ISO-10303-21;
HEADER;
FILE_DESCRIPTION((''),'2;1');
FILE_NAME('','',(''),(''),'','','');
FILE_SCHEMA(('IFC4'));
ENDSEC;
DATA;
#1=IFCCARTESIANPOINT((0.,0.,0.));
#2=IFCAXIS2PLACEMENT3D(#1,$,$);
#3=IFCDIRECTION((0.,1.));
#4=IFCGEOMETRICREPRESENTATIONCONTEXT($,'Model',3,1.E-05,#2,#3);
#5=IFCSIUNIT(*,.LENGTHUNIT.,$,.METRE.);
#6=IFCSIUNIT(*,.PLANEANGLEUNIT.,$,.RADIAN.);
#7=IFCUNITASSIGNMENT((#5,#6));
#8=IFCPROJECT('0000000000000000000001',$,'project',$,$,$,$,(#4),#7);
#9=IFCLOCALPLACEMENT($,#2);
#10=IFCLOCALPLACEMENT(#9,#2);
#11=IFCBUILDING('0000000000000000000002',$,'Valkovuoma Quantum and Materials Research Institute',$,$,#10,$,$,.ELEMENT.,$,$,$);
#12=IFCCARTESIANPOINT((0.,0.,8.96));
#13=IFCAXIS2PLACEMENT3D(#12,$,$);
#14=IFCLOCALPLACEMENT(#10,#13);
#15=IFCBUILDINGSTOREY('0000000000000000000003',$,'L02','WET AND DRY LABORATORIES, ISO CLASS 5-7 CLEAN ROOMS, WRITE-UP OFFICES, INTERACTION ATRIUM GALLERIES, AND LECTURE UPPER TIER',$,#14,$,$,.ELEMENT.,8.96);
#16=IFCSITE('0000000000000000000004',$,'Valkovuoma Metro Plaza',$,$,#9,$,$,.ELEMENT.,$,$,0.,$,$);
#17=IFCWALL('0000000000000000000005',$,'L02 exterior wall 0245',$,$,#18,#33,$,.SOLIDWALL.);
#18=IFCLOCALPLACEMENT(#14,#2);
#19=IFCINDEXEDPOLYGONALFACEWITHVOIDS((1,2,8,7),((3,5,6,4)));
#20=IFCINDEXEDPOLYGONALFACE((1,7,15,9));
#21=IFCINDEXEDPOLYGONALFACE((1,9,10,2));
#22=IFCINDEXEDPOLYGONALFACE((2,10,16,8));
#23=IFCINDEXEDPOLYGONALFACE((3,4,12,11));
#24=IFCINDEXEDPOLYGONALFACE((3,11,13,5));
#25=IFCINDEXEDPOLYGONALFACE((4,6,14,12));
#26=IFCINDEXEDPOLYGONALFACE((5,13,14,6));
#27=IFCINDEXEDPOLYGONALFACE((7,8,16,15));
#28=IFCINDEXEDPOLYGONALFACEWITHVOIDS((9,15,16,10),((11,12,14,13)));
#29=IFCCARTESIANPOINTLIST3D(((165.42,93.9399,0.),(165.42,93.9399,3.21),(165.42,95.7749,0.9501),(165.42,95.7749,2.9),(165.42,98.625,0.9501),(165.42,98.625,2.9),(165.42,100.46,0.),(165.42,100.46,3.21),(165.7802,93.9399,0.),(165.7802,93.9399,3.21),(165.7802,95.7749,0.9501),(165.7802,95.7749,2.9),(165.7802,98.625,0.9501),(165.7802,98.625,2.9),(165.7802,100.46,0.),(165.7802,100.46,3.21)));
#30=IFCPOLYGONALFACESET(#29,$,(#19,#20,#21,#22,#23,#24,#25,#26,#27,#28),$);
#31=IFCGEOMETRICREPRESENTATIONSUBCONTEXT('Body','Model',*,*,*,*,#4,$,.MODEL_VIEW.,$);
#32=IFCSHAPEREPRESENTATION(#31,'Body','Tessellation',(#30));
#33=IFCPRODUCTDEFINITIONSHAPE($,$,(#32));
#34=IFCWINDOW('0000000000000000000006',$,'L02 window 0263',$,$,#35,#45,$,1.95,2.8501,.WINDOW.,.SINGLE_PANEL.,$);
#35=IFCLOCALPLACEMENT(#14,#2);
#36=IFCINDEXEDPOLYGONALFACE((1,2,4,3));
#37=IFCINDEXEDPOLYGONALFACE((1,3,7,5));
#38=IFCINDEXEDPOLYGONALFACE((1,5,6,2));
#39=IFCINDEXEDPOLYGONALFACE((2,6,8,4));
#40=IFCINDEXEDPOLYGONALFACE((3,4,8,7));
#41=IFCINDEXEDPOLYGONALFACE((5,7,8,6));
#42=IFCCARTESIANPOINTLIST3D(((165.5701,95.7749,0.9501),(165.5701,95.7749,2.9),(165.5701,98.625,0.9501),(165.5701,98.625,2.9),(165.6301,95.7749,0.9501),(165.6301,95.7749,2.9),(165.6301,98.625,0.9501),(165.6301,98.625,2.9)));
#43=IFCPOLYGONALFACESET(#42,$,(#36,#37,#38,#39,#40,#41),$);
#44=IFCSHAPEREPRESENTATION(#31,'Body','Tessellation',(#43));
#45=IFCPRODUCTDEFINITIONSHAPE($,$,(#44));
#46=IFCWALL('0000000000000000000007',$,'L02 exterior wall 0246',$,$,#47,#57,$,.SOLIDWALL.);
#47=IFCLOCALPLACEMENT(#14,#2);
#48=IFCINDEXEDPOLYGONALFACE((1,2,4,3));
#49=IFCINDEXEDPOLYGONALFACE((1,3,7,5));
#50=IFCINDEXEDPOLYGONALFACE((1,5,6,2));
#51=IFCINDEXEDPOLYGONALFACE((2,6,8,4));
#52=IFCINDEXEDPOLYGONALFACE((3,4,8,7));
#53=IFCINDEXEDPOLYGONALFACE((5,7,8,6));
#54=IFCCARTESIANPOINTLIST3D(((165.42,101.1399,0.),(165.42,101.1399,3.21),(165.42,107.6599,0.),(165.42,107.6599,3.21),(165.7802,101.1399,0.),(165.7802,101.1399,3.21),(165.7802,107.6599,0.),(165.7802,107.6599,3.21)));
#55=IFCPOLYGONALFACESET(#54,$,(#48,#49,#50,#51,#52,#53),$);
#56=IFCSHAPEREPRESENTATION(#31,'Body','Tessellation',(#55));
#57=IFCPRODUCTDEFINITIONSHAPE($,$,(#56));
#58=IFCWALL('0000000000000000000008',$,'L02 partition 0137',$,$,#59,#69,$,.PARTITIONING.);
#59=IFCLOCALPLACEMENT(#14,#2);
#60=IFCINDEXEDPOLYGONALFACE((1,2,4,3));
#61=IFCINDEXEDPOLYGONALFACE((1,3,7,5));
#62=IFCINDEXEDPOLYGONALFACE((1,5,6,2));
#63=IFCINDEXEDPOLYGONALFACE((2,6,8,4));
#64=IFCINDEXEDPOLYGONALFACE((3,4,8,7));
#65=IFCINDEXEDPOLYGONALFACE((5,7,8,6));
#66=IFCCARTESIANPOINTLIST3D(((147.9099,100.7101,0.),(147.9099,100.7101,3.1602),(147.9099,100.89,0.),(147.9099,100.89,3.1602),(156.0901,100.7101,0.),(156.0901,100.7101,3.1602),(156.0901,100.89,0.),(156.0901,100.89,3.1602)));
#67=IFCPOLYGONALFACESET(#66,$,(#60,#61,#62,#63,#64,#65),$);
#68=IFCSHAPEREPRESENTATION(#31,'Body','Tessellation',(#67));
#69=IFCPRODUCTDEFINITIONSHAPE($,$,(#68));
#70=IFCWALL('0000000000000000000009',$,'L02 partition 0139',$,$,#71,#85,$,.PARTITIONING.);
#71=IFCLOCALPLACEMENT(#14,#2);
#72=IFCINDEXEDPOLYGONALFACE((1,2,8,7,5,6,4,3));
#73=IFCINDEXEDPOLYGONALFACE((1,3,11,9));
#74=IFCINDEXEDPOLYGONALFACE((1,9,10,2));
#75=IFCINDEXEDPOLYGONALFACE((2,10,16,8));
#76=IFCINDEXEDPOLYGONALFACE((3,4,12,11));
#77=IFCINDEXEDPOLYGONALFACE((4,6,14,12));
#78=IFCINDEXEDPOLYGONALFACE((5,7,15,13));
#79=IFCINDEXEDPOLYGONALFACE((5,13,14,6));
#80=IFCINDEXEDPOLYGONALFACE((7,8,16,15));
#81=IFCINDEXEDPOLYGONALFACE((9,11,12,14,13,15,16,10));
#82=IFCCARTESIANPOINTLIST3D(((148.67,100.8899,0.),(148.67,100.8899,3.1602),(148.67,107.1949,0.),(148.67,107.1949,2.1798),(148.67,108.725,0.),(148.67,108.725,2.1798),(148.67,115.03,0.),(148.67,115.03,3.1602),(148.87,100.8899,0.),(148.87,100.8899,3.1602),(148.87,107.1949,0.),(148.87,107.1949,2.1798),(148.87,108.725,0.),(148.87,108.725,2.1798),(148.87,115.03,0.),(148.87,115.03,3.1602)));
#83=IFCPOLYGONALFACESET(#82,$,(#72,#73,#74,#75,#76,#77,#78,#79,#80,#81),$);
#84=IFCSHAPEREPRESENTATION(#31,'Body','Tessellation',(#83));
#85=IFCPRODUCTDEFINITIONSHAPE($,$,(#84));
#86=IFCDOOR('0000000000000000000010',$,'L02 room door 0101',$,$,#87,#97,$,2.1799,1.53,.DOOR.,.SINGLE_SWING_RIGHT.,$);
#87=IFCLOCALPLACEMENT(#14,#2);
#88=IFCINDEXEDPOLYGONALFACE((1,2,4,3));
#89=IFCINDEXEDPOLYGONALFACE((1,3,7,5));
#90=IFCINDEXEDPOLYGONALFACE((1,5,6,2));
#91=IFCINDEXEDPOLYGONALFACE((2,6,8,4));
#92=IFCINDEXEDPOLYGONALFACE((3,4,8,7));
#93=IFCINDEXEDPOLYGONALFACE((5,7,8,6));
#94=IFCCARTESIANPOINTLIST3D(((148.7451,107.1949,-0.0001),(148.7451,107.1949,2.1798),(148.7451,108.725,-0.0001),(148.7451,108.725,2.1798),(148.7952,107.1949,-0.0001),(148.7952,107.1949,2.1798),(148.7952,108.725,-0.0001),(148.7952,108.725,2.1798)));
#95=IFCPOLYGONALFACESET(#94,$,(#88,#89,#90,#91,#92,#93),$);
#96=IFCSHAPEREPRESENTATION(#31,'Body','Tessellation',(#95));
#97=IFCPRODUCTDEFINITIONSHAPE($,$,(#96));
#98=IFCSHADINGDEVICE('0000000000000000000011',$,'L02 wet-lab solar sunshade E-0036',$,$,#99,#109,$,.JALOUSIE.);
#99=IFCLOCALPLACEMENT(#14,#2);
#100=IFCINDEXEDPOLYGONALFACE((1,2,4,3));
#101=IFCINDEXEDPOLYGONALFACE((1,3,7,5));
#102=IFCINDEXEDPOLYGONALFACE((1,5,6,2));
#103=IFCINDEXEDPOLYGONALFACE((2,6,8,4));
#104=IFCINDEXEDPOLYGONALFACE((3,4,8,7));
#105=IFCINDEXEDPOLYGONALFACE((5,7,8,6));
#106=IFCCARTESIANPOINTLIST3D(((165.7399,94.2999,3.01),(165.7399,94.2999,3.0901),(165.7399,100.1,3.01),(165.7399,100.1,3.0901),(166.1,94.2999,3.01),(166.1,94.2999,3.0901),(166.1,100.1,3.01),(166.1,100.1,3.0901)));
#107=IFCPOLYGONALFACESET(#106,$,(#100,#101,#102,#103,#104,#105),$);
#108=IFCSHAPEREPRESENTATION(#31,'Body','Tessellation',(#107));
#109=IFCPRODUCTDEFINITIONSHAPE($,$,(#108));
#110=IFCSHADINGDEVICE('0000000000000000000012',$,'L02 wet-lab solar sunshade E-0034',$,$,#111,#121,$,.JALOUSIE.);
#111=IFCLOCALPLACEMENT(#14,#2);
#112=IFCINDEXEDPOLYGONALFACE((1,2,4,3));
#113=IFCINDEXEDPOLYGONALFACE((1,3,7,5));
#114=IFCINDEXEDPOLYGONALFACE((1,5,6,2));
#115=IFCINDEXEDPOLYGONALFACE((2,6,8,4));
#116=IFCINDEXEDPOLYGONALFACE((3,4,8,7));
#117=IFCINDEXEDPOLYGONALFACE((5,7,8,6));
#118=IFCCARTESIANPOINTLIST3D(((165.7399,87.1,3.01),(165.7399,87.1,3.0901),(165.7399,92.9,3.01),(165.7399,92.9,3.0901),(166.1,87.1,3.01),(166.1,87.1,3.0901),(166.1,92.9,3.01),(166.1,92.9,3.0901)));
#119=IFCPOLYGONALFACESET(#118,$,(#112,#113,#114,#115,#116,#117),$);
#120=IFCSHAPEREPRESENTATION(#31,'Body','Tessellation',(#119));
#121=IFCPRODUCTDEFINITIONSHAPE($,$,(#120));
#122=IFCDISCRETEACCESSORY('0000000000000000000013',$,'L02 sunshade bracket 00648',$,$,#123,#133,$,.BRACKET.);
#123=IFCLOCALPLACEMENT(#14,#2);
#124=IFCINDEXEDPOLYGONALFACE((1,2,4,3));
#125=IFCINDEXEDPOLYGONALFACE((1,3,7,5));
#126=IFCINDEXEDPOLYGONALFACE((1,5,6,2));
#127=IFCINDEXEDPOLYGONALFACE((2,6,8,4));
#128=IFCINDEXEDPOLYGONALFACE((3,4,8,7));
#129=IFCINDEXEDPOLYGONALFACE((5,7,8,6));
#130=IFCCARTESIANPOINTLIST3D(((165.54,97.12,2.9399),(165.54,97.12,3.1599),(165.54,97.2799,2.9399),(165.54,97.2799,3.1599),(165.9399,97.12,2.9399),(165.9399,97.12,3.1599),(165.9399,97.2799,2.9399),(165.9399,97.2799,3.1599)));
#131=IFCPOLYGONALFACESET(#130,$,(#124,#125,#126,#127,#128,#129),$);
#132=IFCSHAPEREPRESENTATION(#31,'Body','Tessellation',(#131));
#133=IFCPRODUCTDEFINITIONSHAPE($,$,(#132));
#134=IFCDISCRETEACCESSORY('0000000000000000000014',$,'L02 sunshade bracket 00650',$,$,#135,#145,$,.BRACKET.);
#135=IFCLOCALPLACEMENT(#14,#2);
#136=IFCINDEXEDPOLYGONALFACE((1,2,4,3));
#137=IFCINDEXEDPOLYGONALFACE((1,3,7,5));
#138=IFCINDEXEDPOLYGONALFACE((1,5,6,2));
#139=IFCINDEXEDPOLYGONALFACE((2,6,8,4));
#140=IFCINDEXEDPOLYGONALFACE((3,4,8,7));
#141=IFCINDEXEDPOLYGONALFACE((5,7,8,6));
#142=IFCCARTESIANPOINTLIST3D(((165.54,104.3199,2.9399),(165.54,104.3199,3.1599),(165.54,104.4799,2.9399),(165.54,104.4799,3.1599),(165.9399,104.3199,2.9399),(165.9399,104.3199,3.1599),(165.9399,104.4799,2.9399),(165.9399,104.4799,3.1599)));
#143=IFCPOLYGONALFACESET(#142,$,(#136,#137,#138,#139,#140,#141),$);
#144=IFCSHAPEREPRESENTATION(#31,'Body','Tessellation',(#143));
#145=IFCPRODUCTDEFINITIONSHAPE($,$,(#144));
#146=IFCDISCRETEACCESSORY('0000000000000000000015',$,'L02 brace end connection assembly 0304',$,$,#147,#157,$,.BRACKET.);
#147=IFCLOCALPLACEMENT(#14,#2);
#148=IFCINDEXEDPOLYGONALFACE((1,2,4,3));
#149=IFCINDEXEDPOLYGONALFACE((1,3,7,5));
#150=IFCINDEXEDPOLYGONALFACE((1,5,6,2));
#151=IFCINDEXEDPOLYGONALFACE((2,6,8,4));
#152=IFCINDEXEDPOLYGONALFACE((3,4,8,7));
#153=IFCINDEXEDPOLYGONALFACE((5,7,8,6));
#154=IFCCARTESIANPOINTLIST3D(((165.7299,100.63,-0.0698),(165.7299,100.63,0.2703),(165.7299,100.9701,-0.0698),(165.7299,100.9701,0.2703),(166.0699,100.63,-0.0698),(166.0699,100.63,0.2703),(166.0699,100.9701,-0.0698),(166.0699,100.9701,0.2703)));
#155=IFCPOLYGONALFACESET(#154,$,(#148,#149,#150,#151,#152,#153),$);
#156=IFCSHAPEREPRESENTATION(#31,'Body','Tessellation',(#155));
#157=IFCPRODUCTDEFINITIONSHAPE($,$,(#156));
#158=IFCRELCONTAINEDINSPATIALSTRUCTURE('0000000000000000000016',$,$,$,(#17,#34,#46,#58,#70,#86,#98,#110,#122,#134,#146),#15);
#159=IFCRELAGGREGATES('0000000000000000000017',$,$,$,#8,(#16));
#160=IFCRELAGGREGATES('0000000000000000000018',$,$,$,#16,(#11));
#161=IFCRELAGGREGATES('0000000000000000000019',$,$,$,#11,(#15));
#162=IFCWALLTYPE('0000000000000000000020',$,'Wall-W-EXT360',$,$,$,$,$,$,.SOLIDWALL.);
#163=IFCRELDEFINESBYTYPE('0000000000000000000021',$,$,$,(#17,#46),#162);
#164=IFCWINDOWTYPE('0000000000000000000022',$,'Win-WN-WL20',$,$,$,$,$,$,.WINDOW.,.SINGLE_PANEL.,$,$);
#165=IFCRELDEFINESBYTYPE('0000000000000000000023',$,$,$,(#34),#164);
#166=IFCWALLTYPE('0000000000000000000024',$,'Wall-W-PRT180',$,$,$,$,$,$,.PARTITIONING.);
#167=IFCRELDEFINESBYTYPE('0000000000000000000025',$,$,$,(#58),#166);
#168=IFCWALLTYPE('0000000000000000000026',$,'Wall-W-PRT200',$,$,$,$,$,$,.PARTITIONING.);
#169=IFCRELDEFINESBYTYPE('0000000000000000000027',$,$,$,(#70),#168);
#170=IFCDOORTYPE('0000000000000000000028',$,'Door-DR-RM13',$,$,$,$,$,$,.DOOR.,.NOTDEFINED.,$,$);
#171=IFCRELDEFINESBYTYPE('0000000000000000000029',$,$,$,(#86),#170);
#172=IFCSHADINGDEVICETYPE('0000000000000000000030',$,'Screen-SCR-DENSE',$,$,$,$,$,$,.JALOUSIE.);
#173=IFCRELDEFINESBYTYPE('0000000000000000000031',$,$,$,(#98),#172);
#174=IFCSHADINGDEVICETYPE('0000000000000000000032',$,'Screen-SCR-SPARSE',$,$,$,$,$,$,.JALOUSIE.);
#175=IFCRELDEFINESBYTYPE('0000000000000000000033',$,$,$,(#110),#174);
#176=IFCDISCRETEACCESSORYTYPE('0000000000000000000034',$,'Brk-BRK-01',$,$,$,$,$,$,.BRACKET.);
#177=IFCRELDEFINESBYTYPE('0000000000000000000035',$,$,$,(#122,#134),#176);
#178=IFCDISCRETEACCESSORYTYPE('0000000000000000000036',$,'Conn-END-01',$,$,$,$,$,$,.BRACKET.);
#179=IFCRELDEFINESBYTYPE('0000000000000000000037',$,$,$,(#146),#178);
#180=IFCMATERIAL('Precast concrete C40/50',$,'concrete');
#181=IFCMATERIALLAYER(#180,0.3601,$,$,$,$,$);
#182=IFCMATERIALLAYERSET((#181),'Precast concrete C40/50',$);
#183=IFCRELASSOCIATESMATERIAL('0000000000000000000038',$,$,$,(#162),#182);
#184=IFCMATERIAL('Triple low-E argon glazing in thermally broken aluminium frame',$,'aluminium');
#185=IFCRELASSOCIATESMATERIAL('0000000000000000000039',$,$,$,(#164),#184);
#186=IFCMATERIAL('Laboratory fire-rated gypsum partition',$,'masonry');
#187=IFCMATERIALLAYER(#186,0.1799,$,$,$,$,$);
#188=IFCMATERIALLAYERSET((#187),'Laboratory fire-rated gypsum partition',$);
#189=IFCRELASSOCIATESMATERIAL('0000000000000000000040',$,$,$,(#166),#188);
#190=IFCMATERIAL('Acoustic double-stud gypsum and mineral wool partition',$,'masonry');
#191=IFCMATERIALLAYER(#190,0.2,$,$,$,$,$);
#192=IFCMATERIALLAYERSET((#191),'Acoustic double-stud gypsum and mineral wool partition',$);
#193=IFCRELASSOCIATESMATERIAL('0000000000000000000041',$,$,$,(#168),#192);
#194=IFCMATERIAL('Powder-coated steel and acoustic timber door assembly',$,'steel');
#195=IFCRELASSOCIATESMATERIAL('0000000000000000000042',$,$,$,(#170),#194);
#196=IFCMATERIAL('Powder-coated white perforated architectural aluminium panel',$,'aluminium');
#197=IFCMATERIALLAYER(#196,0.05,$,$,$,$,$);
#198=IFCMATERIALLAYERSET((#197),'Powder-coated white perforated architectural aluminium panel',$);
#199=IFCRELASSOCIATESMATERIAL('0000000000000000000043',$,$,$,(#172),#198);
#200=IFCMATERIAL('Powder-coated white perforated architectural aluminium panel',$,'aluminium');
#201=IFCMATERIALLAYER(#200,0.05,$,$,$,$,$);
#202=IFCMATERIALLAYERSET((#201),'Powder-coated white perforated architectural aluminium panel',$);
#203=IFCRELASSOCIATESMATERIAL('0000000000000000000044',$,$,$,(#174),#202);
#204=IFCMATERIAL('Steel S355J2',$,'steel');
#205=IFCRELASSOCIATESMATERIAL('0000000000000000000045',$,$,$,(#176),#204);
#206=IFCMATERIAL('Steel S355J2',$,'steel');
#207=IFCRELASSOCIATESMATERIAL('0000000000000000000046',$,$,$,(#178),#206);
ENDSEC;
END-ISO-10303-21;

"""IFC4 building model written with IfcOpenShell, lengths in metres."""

from ifc_helpers import new_model, si_unit, direction, frame, frame_2d, origin, origin_2d, place, context, subcontext, project, spatial, rectangle, extrude, material, layer, layer_set, type_object, element, fill, save


model = new_model("IFC4")

# Units and contexts
model_context = context("Model", 3, precision=1e-05, world=origin(), true_north=direction((0.0, 1.0)))
body_context = subcontext(model_context, "Body", "Model", "MODEL_VIEW")
ifc_project = project(units=[si_unit("LENGTHUNIT", "METRE"), si_unit("PLANEANGLEUNIT", "RADIAN")], contexts=[model_context])

# Site, building, storey
site_placement = place(None, origin())
site = spatial("IfcSite", under=ifc_project, at=site_placement, Name="Valkovuoma Metro Plaza", CompositionType="ELEMENT", RefElevation=0.0)
building_placement = place(site_placement, origin())
building = spatial("IfcBuilding", under=site, at=building_placement, Name="Valkovuoma Quantum and Materials Research Institute", CompositionType="ELEMENT")
storey_placement = place(building_placement, frame((0.0, 0.0, 8.96)))
storey = spatial("IfcBuildingStorey", under=building, at=storey_placement, Name="L02", Description="WET AND DRY LABORATORIES, ISO CLASS 5-7 CLEAN ROOMS, WRITE-UP OFFICES, INTERACTION ATRIUM GALLERIES, AND LECTURE UPPER TIER", CompositionType="ELEMENT", Elevation=8.96)

# Wall, opening, window
ifc_material_1 = material(Name="Precast concrete C40/50", Category="concrete")
ifc_layer_1 = layer(ifc_material_1, 0.3601)
ifc_layer_set_1 = layer_set([ifc_layer_1], Name="Precast concrete C40/50")
wall_type_1 = type_object("IfcWallType", Name="Wall-W-EXT360", PredefinedType="SOLIDWALL", material=ifc_layer_set_1)
wall_1_placement = place(storey_placement, frame((165.6001, 93.9399, 0.0), z_axis=(0.0, 0.0, 1.0), x_axis=(0.0, 1.0, 0.0)))
wall_1 = element("IfcWall", 1, at=wall_1_placement, inside=storey, type_object=wall_type_1, Name="L02 exterior wall 0245", PredefinedType="SOLIDWALL", context=body_context, shape_type="SweptSolid", body=[
    extrude(rectangle(XDim=6.52, YDim=0.3601, at=frame_2d((3.26, 0.0))), origin(), (0.0, 0.0, 1.0), 3.21),
])
opening_1_placement = place(wall_1_placement, frame((1.835, 0.0, 0.95)))
opening_1 = element("IfcOpeningElement", 2, at=opening_1_placement, cuts=wall_1, PredefinedType="OPENING", context=body_context, shape_type="SweptSolid", body=[
    extrude(rectangle(XDim=2.8501, YDim=1.95, at=frame_2d((1.425, 0.9751))), frame((0.0, 0.1899, 0.0), z_axis=(0.0, -1.0, 0.0), x_axis=(1.0, 0.0, 0.0)), (0.0, 0.0, 1.0), 0.3801),
])
ifc_material_2 = material(Name="Triple low-E argon glazing in thermally broken aluminium frame", Category="aluminium")
window_type = type_object("IfcWindowType", Name="Win-WN-WL20", PartitioningType="SINGLE_PANEL", PredefinedType="WINDOW", material=ifc_material_2)
window_placement = place(opening_1_placement, origin())
window = element("IfcWindow", 3, at=window_placement, inside=storey, type_object=window_type, Name="L02 window 0263", OverallHeight=1.95, OverallWidth=2.8501, PartitioningType="SINGLE_PANEL", PredefinedType="WINDOW", context=body_context, shape_type="SweptSolid", body=[
    extrude(rectangle(XDim=2.8501, YDim=1.95, at=frame_2d((1.425, 0.9751))), frame((0.0, 0.03, 0.0), z_axis=(0.0, -1.0, 0.0), x_axis=(1.0, 0.0, 0.0)), (0.0, 0.0, 1.0), 0.0601),
])
fill(opening_1, window)

# Walls
wall_2_placement = place(storey_placement, frame((165.6001, 101.1399, 0.0), z_axis=(0.0, 0.0, 1.0), x_axis=(0.0, 1.0, 0.0)))
element("IfcWall", 4, at=wall_2_placement, inside=storey, type_object=wall_type_1, Name="L02 exterior wall 0246", PredefinedType="SOLIDWALL", context=body_context, shape_type="SweptSolid", body=[
    extrude(rectangle(XDim=6.52, YDim=0.3601, at=frame_2d((3.26, 0.0))), origin(), (0.0, 0.0, 1.0), 3.21),
])
ifc_material_3 = material(Name="Laboratory fire-rated gypsum partition", Category="masonry")
ifc_layer_2 = layer(ifc_material_3, 0.1799)
ifc_layer_set_2 = layer_set([ifc_layer_2], Name="Laboratory fire-rated gypsum partition")
wall_type_2 = type_object("IfcWallType", Name="Wall-W-PRT180", PredefinedType="PARTITIONING", material=ifc_layer_set_2)
wall_3_placement = place(storey_placement, frame((147.9099, 100.8, 0.0), z_axis=(0.0, 0.0, 1.0), x_axis=(1.0, 0.0, 0.0)))
element("IfcWall", 5, at=wall_3_placement, inside=storey, type_object=wall_type_2, Name="L02 partition 0137", PredefinedType="PARTITIONING", context=body_context, shape_type="SweptSolid", body=[
    extrude(rectangle(XDim=8.1802, YDim=0.1799, at=frame_2d((4.0901, 0.0))), origin(), (0.0, 0.0, 1.0), 3.1602),
])

# Wall, opening, door
ifc_material_4 = material(Name="Acoustic double-stud gypsum and mineral wool partition", Category="masonry")
ifc_layer_3 = layer(ifc_material_4, 0.2)
ifc_layer_set_3 = layer_set([ifc_layer_3], Name="Acoustic double-stud gypsum and mineral wool partition")
wall_type_3 = type_object("IfcWallType", Name="Wall-W-PRT200", PredefinedType="PARTITIONING", material=ifc_layer_set_3)
wall_4_placement = place(storey_placement, frame((148.77, 100.8899, 0.0), z_axis=(0.0, 0.0, 1.0), x_axis=(0.0, 1.0, 0.0)))
wall_4 = element("IfcWall", 6, at=wall_4_placement, inside=storey, type_object=wall_type_3, Name="L02 partition 0139", PredefinedType="PARTITIONING", context=body_context, shape_type="SweptSolid", body=[
    extrude(rectangle(XDim=14.1401, YDim=0.2, at=frame_2d((7.0701, 0.0))), origin(), (0.0, 0.0, 1.0), 3.1602),
])
opening_2_placement = place(wall_4_placement, frame((6.3049, 0.0, 0.0)))
opening_2 = element("IfcOpeningElement", 7, at=opening_2_placement, cuts=wall_4, PredefinedType="OPENING", context=body_context, shape_type="SweptSolid", body=[
    extrude(rectangle(XDim=1.53, YDim=2.1799, at=frame_2d((0.7651, 1.0898))), frame((0.0, 0.1099, 0.0), z_axis=(0.0, -1.0, 0.0), x_axis=(1.0, 0.0, 0.0)), (0.0, 0.0, 1.0), 0.22),
])
ifc_material_5 = material(Name="Powder-coated steel and acoustic timber door assembly", Category="steel")
door_type = type_object("IfcDoorType", Name="Door-DR-RM13", OperationType="NOTDEFINED", PredefinedType="DOOR", material=ifc_material_5)
door_placement = place(opening_2_placement, origin())
door = element("IfcDoor", 8, at=door_placement, inside=storey, type_object=door_type, Name="L02 room door 0101", OperationType="SINGLE_SWING_RIGHT", OverallHeight=2.1799, OverallWidth=1.53, PredefinedType="DOOR", context=body_context, shape_type="SweptSolid", body=[
    extrude(rectangle(XDim=1.53, YDim=2.1799, at=frame_2d((0.7651, 1.0898))), frame((0.0, 0.0249, 0.0), z_axis=(0.0, -1.0, 0.0), x_axis=(1.0, 0.0, 0.0)), (0.0, 0.0, 1.0), 0.05),
])
fill(opening_2, door)

# Shading devices
ifc_material_6 = material(Name="Powder-coated white perforated architectural aluminium panel", Category="aluminium")
ifc_layer_4 = layer(ifc_material_6, 0.05)
ifc_layer_set_4 = layer_set([ifc_layer_4], Name="Powder-coated white perforated architectural aluminium panel")
shading_device_type_1 = type_object("IfcShadingDeviceType", Name="Screen-SCR-DENSE", PredefinedType="JALOUSIE", material=ifc_layer_set_4)
shading_device_1_placement = place(storey_placement, frame((165.9199, 97.2, 3.01), z_axis=(0.0, 0.0, 1.0), x_axis=(1.0, 0.0, 0.0)))
element("IfcShadingDevice", 9, at=shading_device_1_placement, inside=storey, type_object=shading_device_type_1, Name="L02 wet-lab solar sunshade E-0036", PredefinedType="JALOUSIE", context=body_context, shape_type="SweptSolid", body=[
    extrude(rectangle(XDim=0.3601, YDim=5.8, at=origin_2d()), origin(), (0.0, 0.0, 1.0), 0.0801),
])
ifc_material_7 = material(Name="Powder-coated white perforated architectural aluminium panel", Category="aluminium")
ifc_layer_5 = layer(ifc_material_7, 0.05)
ifc_layer_set_5 = layer_set([ifc_layer_5], Name="Powder-coated white perforated architectural aluminium panel")
shading_device_type_2 = type_object("IfcShadingDeviceType", Name="Screen-SCR-SPARSE", PredefinedType="JALOUSIE", material=ifc_layer_set_5)
shading_device_2_placement = place(storey_placement, frame((165.9199, 90.0, 3.01), z_axis=(0.0, 0.0, 1.0), x_axis=(1.0, 0.0, 0.0)))
element("IfcShadingDevice", 10, at=shading_device_2_placement, inside=storey, type_object=shading_device_type_2, Name="L02 wet-lab solar sunshade E-0034", PredefinedType="JALOUSIE", context=body_context, shape_type="SweptSolid", body=[
    extrude(rectangle(XDim=0.3601, YDim=5.8, at=origin_2d()), origin(), (0.0, 0.0, 1.0), 0.0801),
])

# Discrete accessories
ifc_material_8 = material(Name="Steel S355J2", Category="steel")
discrete_accessory_type_1 = type_object("IfcDiscreteAccessoryType", Name="Brk-BRK-01", PredefinedType="BRACKET", material=ifc_material_8)
for number, where, z_axis, x_axis, name in (
    (11, (165.74, 97.2, 2.9399), (0.0, 0.0, 1.0), (1.0, 0.0, 0.0), "L02 sunshade bracket 00648"),
    (12, (165.74, 104.3999, 2.9399), (0.0, 0.0, 1.0), (1.0, 0.0, 0.0), "L02 sunshade bracket 00650"),
):
    element("IfcDiscreteAccessory", number, at=place(storey_placement, frame(where, z_axis=z_axis, x_axis=x_axis)), inside=storey, type_object=discrete_accessory_type_1, Name=name, PredefinedType="BRACKET", context=body_context, shape_type="SweptSolid", body=[
        extrude(rectangle(XDim=0.3999, YDim=0.1599, at=origin_2d()), origin(), (0.0, 0.0, 1.0), 0.22),
    ])
ifc_material_9 = material(Name="Steel S355J2", Category="steel")
discrete_accessory_type_2 = type_object("IfcDiscreteAccessoryType", Name="Conn-END-01", PredefinedType="BRACKET", material=ifc_material_9)
discrete_accessory_placement = place(storey_placement, frame((165.8999, 100.8, -0.0698), z_axis=(0.0, 0.0, 1.0), x_axis=(1.0, 0.0, 0.0)))
element("IfcDiscreteAccessory", 13, at=discrete_accessory_placement, inside=storey, type_object=discrete_accessory_type_2, Name="L02 brace end connection assembly 0304", PredefinedType="BRACKET", context=body_context, shape_type="SweptSolid", body=[
    extrude(rectangle(XDim=0.3401, YDim=0.3401, at=origin_2d()), origin(), (0.0, 0.0, 1.0), 0.3401),
])

save(model, "model.ifc")
